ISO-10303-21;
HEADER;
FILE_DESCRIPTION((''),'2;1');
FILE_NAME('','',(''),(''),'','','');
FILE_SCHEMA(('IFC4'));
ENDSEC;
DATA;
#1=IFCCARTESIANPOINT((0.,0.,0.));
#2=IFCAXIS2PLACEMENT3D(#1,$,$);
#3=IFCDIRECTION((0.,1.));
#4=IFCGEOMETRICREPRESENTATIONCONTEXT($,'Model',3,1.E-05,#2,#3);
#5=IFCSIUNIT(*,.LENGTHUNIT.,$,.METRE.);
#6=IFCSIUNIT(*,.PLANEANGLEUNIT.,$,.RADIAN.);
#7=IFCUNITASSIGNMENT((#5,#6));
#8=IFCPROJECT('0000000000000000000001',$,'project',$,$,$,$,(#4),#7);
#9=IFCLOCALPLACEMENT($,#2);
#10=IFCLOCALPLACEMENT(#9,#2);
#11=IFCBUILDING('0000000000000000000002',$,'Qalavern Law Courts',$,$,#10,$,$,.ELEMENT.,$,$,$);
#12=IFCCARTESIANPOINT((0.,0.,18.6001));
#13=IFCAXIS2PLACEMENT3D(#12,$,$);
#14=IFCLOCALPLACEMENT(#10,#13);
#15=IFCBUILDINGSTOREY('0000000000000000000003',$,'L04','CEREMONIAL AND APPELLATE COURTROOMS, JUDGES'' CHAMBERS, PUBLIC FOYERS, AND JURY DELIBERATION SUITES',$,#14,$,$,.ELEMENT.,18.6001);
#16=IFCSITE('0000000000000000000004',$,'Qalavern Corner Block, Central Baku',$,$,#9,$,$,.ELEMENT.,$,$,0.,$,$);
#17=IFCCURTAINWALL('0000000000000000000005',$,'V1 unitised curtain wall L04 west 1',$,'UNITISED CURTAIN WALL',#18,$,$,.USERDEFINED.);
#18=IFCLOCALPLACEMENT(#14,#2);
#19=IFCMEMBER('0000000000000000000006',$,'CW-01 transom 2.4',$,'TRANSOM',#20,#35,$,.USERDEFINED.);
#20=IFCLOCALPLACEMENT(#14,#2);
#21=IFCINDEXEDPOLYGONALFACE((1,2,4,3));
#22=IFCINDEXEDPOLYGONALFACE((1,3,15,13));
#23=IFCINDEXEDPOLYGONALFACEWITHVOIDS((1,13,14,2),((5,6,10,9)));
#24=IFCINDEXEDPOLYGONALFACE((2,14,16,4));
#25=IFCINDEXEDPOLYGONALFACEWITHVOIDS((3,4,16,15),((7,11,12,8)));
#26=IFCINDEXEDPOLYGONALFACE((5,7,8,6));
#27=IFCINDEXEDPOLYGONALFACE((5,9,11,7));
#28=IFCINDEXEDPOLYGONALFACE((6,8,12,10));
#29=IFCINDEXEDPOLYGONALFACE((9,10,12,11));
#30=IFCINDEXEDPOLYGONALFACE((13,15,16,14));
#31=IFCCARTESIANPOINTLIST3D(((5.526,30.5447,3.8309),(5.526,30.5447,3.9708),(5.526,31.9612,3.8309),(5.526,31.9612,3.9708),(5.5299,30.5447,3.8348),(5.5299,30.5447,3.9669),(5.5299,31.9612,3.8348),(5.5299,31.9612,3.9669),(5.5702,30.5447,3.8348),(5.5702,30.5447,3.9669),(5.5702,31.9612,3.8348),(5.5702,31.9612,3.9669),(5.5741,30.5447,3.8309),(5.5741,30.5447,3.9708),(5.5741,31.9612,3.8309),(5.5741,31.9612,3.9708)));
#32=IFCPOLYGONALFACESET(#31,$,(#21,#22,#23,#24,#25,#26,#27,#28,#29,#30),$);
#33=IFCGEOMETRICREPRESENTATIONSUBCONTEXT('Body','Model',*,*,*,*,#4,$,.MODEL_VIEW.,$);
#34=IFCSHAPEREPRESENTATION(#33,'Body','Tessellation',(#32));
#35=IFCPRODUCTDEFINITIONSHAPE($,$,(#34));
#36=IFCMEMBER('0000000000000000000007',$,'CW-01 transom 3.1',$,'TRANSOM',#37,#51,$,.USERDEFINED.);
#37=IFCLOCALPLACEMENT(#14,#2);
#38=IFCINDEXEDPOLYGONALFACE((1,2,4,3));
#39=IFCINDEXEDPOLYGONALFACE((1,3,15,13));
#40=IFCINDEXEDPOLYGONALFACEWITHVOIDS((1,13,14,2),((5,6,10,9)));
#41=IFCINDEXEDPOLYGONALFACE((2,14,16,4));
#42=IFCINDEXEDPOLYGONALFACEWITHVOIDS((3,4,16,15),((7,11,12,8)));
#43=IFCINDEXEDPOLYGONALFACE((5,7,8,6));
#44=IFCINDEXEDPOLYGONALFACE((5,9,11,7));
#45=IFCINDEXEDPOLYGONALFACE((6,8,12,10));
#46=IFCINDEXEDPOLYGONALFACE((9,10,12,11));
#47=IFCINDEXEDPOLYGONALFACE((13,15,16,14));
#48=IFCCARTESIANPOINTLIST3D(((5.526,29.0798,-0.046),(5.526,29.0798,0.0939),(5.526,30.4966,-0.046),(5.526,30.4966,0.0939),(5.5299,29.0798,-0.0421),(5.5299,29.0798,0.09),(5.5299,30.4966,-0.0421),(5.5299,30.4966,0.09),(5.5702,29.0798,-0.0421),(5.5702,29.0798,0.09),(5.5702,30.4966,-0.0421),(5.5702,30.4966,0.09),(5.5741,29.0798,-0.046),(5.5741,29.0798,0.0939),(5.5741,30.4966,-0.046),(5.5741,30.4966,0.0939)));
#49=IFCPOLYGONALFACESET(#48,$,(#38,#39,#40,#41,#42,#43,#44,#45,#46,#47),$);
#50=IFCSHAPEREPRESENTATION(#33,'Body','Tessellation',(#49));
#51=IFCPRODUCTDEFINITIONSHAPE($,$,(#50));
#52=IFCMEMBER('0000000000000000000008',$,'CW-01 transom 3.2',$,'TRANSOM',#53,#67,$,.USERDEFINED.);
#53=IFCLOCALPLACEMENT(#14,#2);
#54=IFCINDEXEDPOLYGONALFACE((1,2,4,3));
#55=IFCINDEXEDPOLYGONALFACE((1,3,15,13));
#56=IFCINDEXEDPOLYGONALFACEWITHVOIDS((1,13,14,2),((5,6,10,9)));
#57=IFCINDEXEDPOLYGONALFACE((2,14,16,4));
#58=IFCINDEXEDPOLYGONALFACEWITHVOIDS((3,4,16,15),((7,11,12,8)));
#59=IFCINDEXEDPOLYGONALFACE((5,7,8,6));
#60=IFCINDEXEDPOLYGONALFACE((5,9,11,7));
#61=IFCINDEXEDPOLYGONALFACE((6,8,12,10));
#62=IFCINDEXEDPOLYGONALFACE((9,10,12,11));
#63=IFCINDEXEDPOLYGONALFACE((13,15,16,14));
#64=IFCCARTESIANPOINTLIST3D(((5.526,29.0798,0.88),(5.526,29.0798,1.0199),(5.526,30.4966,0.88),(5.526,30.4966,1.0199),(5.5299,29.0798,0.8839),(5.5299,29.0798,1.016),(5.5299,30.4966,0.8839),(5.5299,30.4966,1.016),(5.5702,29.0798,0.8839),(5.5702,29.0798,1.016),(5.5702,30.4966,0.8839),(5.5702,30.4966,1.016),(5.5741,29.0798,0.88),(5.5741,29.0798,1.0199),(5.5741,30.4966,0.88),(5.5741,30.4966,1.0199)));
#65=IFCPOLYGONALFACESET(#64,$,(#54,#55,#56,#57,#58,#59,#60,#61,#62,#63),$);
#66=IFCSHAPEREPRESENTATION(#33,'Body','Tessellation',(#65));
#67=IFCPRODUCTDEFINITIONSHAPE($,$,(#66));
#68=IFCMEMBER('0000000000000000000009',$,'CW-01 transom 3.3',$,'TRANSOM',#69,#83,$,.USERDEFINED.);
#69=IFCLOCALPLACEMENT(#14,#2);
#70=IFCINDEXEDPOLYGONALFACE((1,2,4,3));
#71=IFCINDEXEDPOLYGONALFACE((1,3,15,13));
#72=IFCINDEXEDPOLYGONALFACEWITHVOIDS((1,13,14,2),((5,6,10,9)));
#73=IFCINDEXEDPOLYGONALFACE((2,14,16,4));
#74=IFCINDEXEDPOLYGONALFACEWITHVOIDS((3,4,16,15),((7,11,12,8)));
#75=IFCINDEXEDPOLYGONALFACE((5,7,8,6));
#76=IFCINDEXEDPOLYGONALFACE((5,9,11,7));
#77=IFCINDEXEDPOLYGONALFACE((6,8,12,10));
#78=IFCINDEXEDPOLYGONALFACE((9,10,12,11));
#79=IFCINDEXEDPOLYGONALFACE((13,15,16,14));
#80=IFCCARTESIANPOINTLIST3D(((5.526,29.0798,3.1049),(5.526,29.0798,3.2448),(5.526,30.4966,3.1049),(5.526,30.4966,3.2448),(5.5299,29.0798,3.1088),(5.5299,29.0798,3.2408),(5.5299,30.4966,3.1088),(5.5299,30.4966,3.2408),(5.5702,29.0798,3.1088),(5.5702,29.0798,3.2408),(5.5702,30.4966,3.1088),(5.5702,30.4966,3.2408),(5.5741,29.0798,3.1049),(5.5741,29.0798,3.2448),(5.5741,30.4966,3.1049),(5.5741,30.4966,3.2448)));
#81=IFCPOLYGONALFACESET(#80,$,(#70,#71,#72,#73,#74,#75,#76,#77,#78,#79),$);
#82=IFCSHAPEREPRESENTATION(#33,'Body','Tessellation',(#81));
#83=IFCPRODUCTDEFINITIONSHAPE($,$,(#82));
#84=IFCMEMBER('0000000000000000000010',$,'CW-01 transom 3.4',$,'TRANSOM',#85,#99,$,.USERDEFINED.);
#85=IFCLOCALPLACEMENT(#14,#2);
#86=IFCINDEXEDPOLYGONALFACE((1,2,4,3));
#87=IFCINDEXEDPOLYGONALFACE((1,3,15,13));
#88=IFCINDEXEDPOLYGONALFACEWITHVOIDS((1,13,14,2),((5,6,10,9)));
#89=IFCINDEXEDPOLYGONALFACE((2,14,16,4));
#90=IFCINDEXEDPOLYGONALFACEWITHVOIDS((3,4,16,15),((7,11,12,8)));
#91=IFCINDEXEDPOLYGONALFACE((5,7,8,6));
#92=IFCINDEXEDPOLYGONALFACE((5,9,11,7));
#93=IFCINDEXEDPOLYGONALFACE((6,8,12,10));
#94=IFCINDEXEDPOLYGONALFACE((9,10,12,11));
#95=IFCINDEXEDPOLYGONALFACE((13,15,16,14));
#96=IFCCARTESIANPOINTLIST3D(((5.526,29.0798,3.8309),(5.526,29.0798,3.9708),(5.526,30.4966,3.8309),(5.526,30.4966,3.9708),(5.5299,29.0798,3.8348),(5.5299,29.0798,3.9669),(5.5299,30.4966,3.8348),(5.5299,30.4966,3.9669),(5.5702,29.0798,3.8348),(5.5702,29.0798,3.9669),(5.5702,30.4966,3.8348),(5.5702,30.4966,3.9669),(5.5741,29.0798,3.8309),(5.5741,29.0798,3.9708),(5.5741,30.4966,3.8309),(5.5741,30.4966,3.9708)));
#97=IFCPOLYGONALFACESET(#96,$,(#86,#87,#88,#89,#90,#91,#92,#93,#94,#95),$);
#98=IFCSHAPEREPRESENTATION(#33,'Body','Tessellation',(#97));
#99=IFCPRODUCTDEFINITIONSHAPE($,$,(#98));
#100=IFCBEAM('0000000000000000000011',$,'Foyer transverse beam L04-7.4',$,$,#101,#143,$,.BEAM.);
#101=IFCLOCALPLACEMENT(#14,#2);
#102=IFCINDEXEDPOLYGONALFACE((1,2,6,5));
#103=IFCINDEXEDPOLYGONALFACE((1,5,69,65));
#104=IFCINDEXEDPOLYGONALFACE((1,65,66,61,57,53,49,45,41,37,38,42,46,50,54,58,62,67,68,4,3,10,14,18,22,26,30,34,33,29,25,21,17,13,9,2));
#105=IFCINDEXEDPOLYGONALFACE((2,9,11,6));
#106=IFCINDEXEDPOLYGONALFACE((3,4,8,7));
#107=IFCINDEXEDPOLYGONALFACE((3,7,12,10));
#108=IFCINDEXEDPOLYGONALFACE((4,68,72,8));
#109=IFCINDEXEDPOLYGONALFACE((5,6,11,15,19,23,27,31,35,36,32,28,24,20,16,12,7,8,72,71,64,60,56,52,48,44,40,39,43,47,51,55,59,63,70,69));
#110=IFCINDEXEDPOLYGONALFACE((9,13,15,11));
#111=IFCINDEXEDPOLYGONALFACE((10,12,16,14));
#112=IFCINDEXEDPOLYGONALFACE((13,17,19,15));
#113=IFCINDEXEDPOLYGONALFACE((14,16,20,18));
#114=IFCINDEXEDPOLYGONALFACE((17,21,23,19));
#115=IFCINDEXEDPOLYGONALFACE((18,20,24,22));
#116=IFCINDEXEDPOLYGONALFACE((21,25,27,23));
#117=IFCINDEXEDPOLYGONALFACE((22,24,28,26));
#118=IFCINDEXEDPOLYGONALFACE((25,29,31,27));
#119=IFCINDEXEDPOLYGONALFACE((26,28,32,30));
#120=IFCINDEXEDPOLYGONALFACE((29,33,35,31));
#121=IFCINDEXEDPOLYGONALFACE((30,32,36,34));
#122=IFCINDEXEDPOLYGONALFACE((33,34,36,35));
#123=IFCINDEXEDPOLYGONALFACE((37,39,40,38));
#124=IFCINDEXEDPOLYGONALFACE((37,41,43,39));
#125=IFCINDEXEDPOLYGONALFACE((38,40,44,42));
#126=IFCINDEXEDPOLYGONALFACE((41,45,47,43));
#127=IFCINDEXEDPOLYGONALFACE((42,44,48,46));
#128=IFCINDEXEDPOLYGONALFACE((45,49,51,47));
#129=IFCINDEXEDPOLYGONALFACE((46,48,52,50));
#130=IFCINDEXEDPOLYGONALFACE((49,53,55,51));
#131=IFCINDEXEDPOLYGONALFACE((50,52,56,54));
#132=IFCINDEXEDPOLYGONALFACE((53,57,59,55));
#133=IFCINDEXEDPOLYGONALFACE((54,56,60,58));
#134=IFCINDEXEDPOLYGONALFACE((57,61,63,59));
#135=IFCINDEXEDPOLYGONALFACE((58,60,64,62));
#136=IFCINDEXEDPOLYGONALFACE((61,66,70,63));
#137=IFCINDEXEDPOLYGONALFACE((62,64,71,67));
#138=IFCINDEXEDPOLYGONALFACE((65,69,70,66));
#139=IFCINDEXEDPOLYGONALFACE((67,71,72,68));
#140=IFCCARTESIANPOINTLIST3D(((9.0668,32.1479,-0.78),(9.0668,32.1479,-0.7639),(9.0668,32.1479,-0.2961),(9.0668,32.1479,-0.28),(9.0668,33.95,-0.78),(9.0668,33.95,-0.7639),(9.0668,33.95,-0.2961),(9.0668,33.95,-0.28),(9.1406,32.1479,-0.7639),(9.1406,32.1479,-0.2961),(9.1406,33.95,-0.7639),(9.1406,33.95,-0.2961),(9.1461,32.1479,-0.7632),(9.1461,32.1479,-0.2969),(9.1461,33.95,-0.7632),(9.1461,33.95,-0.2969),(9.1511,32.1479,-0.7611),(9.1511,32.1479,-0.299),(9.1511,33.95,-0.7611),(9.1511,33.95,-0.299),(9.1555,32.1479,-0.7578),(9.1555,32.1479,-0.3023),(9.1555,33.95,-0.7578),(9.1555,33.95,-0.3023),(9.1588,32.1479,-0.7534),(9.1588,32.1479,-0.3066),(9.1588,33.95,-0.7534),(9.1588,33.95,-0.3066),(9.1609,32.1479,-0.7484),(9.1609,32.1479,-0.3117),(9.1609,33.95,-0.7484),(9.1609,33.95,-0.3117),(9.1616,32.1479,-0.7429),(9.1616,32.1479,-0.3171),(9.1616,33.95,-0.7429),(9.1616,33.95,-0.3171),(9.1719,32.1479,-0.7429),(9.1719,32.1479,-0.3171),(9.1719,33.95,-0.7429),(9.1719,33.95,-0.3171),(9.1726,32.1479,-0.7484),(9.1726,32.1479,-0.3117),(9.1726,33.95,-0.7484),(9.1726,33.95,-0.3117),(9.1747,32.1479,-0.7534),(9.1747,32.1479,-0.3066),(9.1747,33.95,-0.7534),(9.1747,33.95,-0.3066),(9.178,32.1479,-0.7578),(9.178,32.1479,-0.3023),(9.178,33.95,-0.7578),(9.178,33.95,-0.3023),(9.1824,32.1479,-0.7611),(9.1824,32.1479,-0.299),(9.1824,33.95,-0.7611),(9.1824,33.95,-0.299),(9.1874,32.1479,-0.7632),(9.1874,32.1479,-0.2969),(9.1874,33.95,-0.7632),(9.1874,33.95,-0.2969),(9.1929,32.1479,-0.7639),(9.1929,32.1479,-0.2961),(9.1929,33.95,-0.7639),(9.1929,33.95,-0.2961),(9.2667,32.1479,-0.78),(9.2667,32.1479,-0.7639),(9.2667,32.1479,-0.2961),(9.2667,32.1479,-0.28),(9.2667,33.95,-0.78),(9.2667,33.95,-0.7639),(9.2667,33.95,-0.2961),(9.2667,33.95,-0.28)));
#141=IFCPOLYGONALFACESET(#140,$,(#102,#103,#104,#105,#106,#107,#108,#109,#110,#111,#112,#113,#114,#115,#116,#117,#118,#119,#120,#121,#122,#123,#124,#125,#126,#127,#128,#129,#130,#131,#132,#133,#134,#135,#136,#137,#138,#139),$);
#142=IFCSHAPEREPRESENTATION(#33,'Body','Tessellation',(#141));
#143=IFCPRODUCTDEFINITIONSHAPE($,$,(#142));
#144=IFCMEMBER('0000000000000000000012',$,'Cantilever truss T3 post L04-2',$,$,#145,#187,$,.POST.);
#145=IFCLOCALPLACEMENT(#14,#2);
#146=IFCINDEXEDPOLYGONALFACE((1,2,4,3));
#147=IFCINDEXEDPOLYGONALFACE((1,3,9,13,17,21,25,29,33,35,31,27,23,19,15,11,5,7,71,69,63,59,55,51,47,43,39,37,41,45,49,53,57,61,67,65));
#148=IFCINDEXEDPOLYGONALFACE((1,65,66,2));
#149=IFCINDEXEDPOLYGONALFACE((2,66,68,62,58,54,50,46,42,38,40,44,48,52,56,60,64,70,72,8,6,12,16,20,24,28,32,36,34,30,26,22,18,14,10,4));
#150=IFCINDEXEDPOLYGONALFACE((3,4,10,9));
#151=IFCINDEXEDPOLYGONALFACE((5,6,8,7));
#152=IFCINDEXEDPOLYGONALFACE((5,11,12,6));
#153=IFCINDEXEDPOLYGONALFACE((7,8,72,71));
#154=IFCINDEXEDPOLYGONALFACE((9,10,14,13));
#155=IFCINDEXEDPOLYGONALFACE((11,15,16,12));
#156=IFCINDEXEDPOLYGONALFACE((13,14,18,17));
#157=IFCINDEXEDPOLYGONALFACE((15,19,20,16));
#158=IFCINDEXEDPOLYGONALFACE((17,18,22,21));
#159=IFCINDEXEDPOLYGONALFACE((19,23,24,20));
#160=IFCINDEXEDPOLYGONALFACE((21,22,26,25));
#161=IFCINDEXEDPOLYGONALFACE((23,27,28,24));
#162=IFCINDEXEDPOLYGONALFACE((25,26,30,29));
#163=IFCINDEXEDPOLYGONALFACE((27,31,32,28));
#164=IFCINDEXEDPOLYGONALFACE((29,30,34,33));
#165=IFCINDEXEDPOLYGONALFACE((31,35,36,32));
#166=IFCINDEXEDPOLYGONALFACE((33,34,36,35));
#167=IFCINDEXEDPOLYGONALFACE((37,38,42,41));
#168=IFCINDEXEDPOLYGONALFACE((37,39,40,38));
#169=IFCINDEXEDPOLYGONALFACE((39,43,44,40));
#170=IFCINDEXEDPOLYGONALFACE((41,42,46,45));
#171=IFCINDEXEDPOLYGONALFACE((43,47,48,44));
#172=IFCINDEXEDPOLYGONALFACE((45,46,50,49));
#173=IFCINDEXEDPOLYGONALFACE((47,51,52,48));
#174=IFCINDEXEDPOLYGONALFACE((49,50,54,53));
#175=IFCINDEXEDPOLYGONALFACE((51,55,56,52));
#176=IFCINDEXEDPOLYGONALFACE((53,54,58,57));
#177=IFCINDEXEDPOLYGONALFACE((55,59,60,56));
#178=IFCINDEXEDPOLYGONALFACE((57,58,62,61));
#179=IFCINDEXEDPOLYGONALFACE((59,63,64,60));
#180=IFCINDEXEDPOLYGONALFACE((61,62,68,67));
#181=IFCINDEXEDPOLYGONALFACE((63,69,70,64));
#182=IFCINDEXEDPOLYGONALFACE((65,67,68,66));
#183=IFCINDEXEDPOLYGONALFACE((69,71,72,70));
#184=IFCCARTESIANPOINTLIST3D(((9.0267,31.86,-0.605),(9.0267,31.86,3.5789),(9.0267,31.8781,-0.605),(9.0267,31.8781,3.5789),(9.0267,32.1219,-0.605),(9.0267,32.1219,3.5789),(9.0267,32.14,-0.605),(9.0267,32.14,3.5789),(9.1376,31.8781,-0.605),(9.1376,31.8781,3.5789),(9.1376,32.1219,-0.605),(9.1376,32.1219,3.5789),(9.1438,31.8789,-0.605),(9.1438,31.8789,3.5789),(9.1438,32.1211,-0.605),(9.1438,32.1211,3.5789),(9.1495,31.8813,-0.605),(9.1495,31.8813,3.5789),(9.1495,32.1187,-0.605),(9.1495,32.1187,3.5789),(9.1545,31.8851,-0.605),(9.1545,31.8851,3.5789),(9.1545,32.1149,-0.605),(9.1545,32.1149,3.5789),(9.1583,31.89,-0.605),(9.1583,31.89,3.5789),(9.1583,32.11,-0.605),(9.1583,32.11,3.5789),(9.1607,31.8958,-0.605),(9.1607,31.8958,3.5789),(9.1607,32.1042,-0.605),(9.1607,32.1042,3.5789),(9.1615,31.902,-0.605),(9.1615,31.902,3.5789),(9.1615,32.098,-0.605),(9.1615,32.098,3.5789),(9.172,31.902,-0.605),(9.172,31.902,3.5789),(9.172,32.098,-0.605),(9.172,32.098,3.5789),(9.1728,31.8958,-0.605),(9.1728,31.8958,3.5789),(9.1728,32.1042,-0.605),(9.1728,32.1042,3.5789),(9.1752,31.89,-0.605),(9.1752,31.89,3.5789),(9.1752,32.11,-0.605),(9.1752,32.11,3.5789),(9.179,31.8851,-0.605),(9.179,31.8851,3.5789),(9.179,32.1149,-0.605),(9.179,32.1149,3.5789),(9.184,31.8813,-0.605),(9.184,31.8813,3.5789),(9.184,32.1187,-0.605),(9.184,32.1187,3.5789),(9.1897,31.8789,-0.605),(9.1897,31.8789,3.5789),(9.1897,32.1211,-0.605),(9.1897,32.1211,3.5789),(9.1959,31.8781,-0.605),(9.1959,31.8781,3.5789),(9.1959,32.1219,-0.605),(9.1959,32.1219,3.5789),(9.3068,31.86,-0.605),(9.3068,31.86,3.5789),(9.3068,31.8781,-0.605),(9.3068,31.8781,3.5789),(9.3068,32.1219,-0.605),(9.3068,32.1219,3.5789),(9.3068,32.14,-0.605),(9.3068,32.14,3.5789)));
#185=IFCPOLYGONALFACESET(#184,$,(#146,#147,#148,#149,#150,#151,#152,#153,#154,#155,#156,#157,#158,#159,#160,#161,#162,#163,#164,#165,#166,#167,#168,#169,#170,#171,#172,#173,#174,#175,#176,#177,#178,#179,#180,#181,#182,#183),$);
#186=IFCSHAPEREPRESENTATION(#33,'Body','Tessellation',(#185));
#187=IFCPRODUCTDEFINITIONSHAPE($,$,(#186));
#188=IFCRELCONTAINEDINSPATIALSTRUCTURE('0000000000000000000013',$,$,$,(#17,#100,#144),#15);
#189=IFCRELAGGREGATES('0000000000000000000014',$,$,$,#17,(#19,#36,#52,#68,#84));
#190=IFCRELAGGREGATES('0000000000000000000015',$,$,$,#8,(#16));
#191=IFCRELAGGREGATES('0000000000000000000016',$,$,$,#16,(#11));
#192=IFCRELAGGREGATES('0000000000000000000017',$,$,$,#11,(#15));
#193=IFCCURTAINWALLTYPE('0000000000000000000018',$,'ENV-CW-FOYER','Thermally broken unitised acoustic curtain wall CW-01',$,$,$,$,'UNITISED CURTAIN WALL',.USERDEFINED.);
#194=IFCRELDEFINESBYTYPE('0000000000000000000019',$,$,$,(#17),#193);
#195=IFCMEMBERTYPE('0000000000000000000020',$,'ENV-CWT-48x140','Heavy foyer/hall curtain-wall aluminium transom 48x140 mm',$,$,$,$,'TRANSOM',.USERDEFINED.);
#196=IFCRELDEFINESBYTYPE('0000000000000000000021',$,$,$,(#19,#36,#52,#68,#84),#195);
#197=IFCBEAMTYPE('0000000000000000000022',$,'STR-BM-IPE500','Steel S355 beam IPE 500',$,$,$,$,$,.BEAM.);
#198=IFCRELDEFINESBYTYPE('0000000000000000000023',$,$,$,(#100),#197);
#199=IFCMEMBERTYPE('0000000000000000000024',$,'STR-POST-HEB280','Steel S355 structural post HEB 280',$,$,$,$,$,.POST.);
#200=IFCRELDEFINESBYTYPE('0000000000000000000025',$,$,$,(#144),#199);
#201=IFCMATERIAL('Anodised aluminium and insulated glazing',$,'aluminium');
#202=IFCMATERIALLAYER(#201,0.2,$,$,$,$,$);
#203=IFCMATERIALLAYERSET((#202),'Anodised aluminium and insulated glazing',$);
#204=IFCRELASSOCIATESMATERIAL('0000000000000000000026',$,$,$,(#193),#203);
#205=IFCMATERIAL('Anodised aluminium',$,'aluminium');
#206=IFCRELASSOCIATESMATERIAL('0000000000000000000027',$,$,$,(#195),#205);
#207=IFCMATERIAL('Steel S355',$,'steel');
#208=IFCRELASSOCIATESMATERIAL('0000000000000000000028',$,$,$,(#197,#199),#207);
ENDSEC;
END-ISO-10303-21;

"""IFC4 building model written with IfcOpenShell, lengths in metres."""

from ifc_helpers import new_model, si_unit, direction, frame, origin, origin_2d, place, context, subcontext, project, spatial, hollow_rectangle, i_section, extrude, material, layer, layer_set, material_profile, profile_set, type_object, element, aggregate, save


model = new_model("IFC4")

# Units and contexts
model_context = context("Model", 3, precision=1e-05, world=origin(), true_north=direction((0.0, 1.0)))
body_context = subcontext(model_context, "Body", "Model", "MODEL_VIEW")
ifc_project = project(units=[si_unit("LENGTHUNIT", "METRE"), si_unit("PLANEANGLEUNIT", "RADIAN")], contexts=[model_context])

# Site, building, storey
site_placement = place(None, origin())
site = spatial("IfcSite", under=ifc_project, at=site_placement, Name="Qalavern Corner Block, Central Baku", CompositionType="ELEMENT", RefElevation=0.0)
building_placement = place(site_placement, origin())
building = spatial("IfcBuilding", under=site, at=building_placement, Name="Qalavern Law Courts", CompositionType="ELEMENT")
storey_placement = place(building_placement, frame((0.0, 0.0, 18.6001)))
storey = spatial("IfcBuildingStorey", under=building, at=storey_placement, Name="L04", Description="CEREMONIAL AND APPELLATE COURTROOMS, JUDGES' CHAMBERS, PUBLIC FOYERS, AND JURY DELIBERATION SUITES", CompositionType="ELEMENT", Elevation=18.6001)

# Shared definitions
ifc_material_1 = material(Name="Anodised aluminium and insulated glazing", Category="aluminium")
ifc_layer_1 = layer(ifc_material_1, 0.2)
ifc_layer_set_1 = layer_set([ifc_layer_1], Name="Anodised aluminium and insulated glazing")
curtain_wall_type = type_object("IfcCurtainWallType", Name="ENV-CW-FOYER", Description="Thermally broken unitised acoustic curtain wall CW-01", ElementType="UNITISED CURTAIN WALL", PredefinedType="USERDEFINED", material=ifc_layer_set_1)
ifc_material_2 = material(Name="Anodised aluminium", Category="aluminium")

# Curtain wall, members
curtain_wall_1_placement = place(storey_placement, origin())
curtain_wall_1 = element("IfcCurtainWall", 1, at=curtain_wall_1_placement, inside=storey, type_object=curtain_wall_type, Name="V1 unitised curtain wall L04 west 1", ObjectType="UNITISED CURTAIN WALL", PredefinedType="USERDEFINED")
ifc_material_profile_1 = material_profile(ifc_material_2, hollow_rectangle(XDim=0.0481, YDim=0.1399, WallThickness=0.0039, at=origin_2d()), Name="ALU TRANSOM 48x140")
ifc_profile_set_1 = profile_set([ifc_material_profile_1], Name="Anodised aluminium")
member_type_1 = type_object("IfcMemberType", Name="ENV-CWT-48x140", Description="Heavy foyer/hall curtain-wall aluminium transom 48x140 mm", ElementType="TRANSOM", PredefinedType="USERDEFINED", material=ifc_profile_set_1)
member_1_placement = place(storey_placement, frame((5.55, 31.9612, 3.9009), z_axis=(0.0, -1.0, 0.0), x_axis=(1.0, 0.0, 0.0)))
member_1 = element("IfcMember", 2, at=member_1_placement, type_object=member_type_1, Name="CW-01 transom 2.4", ObjectType="TRANSOM", PredefinedType="USERDEFINED", context=body_context, shape_type="SweptSolid", body=[
    extrude(hollow_rectangle(XDim=0.0481, YDim=0.1399, WallThickness=0.0039, at=origin_2d()), origin(), (0.0, 0.0, 1.0), 1.4165),
])
member_2_placement = place(storey_placement, frame((5.55, 30.4966, 0.0239), z_axis=(0.0, -1.0, 0.0), x_axis=(1.0, 0.0, 0.0)))
member_2 = element("IfcMember", 3, at=member_2_placement, type_object=member_type_1, Name="CW-01 transom 3.1", ObjectType="TRANSOM", PredefinedType="USERDEFINED", context=body_context, shape_type="SweptSolid", body=[
    extrude(hollow_rectangle(XDim=0.0481, YDim=0.1399, WallThickness=0.0039, at=origin_2d()), origin(), (0.0, 0.0, 1.0), 1.4167),
])
member_3_placement = place(storey_placement, frame((5.55, 30.4966, 0.95), z_axis=(0.0, -1.0, 0.0), x_axis=(1.0, 0.0, 0.0)))
member_3 = element("IfcMember", 4, at=member_3_placement, type_object=member_type_1, Name="CW-01 transom 3.2", ObjectType="TRANSOM", PredefinedType="USERDEFINED", context=body_context, shape_type="SweptSolid", body=[
    extrude(hollow_rectangle(XDim=0.0481, YDim=0.1399, WallThickness=0.0039, at=origin_2d()), origin(), (0.0, 0.0, 1.0), 1.4167),
])
member_4_placement = place(storey_placement, frame((5.55, 30.4966, 3.1748), z_axis=(0.0, -1.0, 0.0), x_axis=(1.0, 0.0, 0.0)))
member_4 = element("IfcMember", 5, at=member_4_placement, type_object=member_type_1, Name="CW-01 transom 3.3", ObjectType="TRANSOM", PredefinedType="USERDEFINED", context=body_context, shape_type="SweptSolid", body=[
    extrude(hollow_rectangle(XDim=0.0481, YDim=0.1399, WallThickness=0.0039, at=origin_2d()), origin(), (0.0, 0.0, 1.0), 1.4167),
])
member_5_placement = place(storey_placement, frame((5.55, 30.4966, 3.9009), z_axis=(0.0, -1.0, 0.0), x_axis=(1.0, 0.0, 0.0)))
member_5 = element("IfcMember", 6, at=member_5_placement, type_object=member_type_1, Name="CW-01 transom 3.4", ObjectType="TRANSOM", PredefinedType="USERDEFINED", context=body_context, shape_type="SweptSolid", body=[
    extrude(hollow_rectangle(XDim=0.0481, YDim=0.1399, WallThickness=0.0039, at=origin_2d()), origin(), (0.0, 0.0, 1.0), 1.4167),
])

# Beam
ifc_material_3 = material(Name="Steel S355", Category="steel")
ifc_material_profile_2 = material_profile(ifc_material_3, i_section(OverallWidth=0.2, OverallDepth=0.5, WebThickness=0.0103, FlangeThickness=0.0161, FilletRadius=0.021, at=origin_2d()), Name="IPE 500")
ifc_profile_set_2 = profile_set([ifc_material_profile_2], Name="Steel S355")
beam_type_1 = type_object("IfcBeamType", Name="STR-BM-IPE500", Description="Steel S355 beam IPE 500", PredefinedType="BEAM", material=ifc_profile_set_2)
beam_1_placement = place(storey_placement, frame((9.1667, 32.1479, -0.53), z_axis=(0.0, 1.0, 0.0), x_axis=(-1.0, 0.0, 0.0)))
element("IfcBeam", 7, at=beam_1_placement, inside=storey, type_object=beam_type_1, Name="Foyer transverse beam L04-7.4", PredefinedType="BEAM", context=body_context, shape_type="SweptSolid", body=[
    extrude(i_section(OverallWidth=0.2, OverallDepth=0.5, WebThickness=0.0103, FlangeThickness=0.0161, FilletRadius=0.021, at=origin_2d()), origin(), (0.0, 0.0, 1.0), 1.802),
])

# Member
ifc_material_profile_3 = material_profile(ifc_material_3, i_section(OverallWidth=0.28, OverallDepth=0.28, WebThickness=0.0105, FlangeThickness=0.0181, FilletRadius=0.0239, at=origin_2d()), Name="HEB 280")
ifc_profile_set_3 = profile_set([ifc_material_profile_3], Name="Steel S355")
member_type_2 = type_object("IfcMemberType", Name="STR-POST-HEB280", Description="Steel S355 structural post HEB 280", PredefinedType="POST", material=ifc_profile_set_3)
for number, where, z_axis, x_axis, name in (
    (8, (9.1667, 32.0, -0.605), (0.0, 0.0, 1.0), (1.0, 0.0, 0.0), "Cantilever truss T3 post L04-2"),
):
    element("IfcMember", number, at=place(storey_placement, frame(where, z_axis=z_axis, x_axis=x_axis)), inside=storey, type_object=member_type_2, Name=name, PredefinedType="POST", context=body_context, shape_type="SweptSolid", body=[
        extrude(i_section(OverallWidth=0.28, OverallDepth=0.28, WebThickness=0.0105, FlangeThickness=0.0181, FilletRadius=0.0239, at=origin_2d()), origin(), (0.0, 0.0, 1.0), 4.1838),
    ])

aggregate(curtain_wall_1, [member_1, member_2, member_3, member_4, member_5])

save(model, "model.ifc")
